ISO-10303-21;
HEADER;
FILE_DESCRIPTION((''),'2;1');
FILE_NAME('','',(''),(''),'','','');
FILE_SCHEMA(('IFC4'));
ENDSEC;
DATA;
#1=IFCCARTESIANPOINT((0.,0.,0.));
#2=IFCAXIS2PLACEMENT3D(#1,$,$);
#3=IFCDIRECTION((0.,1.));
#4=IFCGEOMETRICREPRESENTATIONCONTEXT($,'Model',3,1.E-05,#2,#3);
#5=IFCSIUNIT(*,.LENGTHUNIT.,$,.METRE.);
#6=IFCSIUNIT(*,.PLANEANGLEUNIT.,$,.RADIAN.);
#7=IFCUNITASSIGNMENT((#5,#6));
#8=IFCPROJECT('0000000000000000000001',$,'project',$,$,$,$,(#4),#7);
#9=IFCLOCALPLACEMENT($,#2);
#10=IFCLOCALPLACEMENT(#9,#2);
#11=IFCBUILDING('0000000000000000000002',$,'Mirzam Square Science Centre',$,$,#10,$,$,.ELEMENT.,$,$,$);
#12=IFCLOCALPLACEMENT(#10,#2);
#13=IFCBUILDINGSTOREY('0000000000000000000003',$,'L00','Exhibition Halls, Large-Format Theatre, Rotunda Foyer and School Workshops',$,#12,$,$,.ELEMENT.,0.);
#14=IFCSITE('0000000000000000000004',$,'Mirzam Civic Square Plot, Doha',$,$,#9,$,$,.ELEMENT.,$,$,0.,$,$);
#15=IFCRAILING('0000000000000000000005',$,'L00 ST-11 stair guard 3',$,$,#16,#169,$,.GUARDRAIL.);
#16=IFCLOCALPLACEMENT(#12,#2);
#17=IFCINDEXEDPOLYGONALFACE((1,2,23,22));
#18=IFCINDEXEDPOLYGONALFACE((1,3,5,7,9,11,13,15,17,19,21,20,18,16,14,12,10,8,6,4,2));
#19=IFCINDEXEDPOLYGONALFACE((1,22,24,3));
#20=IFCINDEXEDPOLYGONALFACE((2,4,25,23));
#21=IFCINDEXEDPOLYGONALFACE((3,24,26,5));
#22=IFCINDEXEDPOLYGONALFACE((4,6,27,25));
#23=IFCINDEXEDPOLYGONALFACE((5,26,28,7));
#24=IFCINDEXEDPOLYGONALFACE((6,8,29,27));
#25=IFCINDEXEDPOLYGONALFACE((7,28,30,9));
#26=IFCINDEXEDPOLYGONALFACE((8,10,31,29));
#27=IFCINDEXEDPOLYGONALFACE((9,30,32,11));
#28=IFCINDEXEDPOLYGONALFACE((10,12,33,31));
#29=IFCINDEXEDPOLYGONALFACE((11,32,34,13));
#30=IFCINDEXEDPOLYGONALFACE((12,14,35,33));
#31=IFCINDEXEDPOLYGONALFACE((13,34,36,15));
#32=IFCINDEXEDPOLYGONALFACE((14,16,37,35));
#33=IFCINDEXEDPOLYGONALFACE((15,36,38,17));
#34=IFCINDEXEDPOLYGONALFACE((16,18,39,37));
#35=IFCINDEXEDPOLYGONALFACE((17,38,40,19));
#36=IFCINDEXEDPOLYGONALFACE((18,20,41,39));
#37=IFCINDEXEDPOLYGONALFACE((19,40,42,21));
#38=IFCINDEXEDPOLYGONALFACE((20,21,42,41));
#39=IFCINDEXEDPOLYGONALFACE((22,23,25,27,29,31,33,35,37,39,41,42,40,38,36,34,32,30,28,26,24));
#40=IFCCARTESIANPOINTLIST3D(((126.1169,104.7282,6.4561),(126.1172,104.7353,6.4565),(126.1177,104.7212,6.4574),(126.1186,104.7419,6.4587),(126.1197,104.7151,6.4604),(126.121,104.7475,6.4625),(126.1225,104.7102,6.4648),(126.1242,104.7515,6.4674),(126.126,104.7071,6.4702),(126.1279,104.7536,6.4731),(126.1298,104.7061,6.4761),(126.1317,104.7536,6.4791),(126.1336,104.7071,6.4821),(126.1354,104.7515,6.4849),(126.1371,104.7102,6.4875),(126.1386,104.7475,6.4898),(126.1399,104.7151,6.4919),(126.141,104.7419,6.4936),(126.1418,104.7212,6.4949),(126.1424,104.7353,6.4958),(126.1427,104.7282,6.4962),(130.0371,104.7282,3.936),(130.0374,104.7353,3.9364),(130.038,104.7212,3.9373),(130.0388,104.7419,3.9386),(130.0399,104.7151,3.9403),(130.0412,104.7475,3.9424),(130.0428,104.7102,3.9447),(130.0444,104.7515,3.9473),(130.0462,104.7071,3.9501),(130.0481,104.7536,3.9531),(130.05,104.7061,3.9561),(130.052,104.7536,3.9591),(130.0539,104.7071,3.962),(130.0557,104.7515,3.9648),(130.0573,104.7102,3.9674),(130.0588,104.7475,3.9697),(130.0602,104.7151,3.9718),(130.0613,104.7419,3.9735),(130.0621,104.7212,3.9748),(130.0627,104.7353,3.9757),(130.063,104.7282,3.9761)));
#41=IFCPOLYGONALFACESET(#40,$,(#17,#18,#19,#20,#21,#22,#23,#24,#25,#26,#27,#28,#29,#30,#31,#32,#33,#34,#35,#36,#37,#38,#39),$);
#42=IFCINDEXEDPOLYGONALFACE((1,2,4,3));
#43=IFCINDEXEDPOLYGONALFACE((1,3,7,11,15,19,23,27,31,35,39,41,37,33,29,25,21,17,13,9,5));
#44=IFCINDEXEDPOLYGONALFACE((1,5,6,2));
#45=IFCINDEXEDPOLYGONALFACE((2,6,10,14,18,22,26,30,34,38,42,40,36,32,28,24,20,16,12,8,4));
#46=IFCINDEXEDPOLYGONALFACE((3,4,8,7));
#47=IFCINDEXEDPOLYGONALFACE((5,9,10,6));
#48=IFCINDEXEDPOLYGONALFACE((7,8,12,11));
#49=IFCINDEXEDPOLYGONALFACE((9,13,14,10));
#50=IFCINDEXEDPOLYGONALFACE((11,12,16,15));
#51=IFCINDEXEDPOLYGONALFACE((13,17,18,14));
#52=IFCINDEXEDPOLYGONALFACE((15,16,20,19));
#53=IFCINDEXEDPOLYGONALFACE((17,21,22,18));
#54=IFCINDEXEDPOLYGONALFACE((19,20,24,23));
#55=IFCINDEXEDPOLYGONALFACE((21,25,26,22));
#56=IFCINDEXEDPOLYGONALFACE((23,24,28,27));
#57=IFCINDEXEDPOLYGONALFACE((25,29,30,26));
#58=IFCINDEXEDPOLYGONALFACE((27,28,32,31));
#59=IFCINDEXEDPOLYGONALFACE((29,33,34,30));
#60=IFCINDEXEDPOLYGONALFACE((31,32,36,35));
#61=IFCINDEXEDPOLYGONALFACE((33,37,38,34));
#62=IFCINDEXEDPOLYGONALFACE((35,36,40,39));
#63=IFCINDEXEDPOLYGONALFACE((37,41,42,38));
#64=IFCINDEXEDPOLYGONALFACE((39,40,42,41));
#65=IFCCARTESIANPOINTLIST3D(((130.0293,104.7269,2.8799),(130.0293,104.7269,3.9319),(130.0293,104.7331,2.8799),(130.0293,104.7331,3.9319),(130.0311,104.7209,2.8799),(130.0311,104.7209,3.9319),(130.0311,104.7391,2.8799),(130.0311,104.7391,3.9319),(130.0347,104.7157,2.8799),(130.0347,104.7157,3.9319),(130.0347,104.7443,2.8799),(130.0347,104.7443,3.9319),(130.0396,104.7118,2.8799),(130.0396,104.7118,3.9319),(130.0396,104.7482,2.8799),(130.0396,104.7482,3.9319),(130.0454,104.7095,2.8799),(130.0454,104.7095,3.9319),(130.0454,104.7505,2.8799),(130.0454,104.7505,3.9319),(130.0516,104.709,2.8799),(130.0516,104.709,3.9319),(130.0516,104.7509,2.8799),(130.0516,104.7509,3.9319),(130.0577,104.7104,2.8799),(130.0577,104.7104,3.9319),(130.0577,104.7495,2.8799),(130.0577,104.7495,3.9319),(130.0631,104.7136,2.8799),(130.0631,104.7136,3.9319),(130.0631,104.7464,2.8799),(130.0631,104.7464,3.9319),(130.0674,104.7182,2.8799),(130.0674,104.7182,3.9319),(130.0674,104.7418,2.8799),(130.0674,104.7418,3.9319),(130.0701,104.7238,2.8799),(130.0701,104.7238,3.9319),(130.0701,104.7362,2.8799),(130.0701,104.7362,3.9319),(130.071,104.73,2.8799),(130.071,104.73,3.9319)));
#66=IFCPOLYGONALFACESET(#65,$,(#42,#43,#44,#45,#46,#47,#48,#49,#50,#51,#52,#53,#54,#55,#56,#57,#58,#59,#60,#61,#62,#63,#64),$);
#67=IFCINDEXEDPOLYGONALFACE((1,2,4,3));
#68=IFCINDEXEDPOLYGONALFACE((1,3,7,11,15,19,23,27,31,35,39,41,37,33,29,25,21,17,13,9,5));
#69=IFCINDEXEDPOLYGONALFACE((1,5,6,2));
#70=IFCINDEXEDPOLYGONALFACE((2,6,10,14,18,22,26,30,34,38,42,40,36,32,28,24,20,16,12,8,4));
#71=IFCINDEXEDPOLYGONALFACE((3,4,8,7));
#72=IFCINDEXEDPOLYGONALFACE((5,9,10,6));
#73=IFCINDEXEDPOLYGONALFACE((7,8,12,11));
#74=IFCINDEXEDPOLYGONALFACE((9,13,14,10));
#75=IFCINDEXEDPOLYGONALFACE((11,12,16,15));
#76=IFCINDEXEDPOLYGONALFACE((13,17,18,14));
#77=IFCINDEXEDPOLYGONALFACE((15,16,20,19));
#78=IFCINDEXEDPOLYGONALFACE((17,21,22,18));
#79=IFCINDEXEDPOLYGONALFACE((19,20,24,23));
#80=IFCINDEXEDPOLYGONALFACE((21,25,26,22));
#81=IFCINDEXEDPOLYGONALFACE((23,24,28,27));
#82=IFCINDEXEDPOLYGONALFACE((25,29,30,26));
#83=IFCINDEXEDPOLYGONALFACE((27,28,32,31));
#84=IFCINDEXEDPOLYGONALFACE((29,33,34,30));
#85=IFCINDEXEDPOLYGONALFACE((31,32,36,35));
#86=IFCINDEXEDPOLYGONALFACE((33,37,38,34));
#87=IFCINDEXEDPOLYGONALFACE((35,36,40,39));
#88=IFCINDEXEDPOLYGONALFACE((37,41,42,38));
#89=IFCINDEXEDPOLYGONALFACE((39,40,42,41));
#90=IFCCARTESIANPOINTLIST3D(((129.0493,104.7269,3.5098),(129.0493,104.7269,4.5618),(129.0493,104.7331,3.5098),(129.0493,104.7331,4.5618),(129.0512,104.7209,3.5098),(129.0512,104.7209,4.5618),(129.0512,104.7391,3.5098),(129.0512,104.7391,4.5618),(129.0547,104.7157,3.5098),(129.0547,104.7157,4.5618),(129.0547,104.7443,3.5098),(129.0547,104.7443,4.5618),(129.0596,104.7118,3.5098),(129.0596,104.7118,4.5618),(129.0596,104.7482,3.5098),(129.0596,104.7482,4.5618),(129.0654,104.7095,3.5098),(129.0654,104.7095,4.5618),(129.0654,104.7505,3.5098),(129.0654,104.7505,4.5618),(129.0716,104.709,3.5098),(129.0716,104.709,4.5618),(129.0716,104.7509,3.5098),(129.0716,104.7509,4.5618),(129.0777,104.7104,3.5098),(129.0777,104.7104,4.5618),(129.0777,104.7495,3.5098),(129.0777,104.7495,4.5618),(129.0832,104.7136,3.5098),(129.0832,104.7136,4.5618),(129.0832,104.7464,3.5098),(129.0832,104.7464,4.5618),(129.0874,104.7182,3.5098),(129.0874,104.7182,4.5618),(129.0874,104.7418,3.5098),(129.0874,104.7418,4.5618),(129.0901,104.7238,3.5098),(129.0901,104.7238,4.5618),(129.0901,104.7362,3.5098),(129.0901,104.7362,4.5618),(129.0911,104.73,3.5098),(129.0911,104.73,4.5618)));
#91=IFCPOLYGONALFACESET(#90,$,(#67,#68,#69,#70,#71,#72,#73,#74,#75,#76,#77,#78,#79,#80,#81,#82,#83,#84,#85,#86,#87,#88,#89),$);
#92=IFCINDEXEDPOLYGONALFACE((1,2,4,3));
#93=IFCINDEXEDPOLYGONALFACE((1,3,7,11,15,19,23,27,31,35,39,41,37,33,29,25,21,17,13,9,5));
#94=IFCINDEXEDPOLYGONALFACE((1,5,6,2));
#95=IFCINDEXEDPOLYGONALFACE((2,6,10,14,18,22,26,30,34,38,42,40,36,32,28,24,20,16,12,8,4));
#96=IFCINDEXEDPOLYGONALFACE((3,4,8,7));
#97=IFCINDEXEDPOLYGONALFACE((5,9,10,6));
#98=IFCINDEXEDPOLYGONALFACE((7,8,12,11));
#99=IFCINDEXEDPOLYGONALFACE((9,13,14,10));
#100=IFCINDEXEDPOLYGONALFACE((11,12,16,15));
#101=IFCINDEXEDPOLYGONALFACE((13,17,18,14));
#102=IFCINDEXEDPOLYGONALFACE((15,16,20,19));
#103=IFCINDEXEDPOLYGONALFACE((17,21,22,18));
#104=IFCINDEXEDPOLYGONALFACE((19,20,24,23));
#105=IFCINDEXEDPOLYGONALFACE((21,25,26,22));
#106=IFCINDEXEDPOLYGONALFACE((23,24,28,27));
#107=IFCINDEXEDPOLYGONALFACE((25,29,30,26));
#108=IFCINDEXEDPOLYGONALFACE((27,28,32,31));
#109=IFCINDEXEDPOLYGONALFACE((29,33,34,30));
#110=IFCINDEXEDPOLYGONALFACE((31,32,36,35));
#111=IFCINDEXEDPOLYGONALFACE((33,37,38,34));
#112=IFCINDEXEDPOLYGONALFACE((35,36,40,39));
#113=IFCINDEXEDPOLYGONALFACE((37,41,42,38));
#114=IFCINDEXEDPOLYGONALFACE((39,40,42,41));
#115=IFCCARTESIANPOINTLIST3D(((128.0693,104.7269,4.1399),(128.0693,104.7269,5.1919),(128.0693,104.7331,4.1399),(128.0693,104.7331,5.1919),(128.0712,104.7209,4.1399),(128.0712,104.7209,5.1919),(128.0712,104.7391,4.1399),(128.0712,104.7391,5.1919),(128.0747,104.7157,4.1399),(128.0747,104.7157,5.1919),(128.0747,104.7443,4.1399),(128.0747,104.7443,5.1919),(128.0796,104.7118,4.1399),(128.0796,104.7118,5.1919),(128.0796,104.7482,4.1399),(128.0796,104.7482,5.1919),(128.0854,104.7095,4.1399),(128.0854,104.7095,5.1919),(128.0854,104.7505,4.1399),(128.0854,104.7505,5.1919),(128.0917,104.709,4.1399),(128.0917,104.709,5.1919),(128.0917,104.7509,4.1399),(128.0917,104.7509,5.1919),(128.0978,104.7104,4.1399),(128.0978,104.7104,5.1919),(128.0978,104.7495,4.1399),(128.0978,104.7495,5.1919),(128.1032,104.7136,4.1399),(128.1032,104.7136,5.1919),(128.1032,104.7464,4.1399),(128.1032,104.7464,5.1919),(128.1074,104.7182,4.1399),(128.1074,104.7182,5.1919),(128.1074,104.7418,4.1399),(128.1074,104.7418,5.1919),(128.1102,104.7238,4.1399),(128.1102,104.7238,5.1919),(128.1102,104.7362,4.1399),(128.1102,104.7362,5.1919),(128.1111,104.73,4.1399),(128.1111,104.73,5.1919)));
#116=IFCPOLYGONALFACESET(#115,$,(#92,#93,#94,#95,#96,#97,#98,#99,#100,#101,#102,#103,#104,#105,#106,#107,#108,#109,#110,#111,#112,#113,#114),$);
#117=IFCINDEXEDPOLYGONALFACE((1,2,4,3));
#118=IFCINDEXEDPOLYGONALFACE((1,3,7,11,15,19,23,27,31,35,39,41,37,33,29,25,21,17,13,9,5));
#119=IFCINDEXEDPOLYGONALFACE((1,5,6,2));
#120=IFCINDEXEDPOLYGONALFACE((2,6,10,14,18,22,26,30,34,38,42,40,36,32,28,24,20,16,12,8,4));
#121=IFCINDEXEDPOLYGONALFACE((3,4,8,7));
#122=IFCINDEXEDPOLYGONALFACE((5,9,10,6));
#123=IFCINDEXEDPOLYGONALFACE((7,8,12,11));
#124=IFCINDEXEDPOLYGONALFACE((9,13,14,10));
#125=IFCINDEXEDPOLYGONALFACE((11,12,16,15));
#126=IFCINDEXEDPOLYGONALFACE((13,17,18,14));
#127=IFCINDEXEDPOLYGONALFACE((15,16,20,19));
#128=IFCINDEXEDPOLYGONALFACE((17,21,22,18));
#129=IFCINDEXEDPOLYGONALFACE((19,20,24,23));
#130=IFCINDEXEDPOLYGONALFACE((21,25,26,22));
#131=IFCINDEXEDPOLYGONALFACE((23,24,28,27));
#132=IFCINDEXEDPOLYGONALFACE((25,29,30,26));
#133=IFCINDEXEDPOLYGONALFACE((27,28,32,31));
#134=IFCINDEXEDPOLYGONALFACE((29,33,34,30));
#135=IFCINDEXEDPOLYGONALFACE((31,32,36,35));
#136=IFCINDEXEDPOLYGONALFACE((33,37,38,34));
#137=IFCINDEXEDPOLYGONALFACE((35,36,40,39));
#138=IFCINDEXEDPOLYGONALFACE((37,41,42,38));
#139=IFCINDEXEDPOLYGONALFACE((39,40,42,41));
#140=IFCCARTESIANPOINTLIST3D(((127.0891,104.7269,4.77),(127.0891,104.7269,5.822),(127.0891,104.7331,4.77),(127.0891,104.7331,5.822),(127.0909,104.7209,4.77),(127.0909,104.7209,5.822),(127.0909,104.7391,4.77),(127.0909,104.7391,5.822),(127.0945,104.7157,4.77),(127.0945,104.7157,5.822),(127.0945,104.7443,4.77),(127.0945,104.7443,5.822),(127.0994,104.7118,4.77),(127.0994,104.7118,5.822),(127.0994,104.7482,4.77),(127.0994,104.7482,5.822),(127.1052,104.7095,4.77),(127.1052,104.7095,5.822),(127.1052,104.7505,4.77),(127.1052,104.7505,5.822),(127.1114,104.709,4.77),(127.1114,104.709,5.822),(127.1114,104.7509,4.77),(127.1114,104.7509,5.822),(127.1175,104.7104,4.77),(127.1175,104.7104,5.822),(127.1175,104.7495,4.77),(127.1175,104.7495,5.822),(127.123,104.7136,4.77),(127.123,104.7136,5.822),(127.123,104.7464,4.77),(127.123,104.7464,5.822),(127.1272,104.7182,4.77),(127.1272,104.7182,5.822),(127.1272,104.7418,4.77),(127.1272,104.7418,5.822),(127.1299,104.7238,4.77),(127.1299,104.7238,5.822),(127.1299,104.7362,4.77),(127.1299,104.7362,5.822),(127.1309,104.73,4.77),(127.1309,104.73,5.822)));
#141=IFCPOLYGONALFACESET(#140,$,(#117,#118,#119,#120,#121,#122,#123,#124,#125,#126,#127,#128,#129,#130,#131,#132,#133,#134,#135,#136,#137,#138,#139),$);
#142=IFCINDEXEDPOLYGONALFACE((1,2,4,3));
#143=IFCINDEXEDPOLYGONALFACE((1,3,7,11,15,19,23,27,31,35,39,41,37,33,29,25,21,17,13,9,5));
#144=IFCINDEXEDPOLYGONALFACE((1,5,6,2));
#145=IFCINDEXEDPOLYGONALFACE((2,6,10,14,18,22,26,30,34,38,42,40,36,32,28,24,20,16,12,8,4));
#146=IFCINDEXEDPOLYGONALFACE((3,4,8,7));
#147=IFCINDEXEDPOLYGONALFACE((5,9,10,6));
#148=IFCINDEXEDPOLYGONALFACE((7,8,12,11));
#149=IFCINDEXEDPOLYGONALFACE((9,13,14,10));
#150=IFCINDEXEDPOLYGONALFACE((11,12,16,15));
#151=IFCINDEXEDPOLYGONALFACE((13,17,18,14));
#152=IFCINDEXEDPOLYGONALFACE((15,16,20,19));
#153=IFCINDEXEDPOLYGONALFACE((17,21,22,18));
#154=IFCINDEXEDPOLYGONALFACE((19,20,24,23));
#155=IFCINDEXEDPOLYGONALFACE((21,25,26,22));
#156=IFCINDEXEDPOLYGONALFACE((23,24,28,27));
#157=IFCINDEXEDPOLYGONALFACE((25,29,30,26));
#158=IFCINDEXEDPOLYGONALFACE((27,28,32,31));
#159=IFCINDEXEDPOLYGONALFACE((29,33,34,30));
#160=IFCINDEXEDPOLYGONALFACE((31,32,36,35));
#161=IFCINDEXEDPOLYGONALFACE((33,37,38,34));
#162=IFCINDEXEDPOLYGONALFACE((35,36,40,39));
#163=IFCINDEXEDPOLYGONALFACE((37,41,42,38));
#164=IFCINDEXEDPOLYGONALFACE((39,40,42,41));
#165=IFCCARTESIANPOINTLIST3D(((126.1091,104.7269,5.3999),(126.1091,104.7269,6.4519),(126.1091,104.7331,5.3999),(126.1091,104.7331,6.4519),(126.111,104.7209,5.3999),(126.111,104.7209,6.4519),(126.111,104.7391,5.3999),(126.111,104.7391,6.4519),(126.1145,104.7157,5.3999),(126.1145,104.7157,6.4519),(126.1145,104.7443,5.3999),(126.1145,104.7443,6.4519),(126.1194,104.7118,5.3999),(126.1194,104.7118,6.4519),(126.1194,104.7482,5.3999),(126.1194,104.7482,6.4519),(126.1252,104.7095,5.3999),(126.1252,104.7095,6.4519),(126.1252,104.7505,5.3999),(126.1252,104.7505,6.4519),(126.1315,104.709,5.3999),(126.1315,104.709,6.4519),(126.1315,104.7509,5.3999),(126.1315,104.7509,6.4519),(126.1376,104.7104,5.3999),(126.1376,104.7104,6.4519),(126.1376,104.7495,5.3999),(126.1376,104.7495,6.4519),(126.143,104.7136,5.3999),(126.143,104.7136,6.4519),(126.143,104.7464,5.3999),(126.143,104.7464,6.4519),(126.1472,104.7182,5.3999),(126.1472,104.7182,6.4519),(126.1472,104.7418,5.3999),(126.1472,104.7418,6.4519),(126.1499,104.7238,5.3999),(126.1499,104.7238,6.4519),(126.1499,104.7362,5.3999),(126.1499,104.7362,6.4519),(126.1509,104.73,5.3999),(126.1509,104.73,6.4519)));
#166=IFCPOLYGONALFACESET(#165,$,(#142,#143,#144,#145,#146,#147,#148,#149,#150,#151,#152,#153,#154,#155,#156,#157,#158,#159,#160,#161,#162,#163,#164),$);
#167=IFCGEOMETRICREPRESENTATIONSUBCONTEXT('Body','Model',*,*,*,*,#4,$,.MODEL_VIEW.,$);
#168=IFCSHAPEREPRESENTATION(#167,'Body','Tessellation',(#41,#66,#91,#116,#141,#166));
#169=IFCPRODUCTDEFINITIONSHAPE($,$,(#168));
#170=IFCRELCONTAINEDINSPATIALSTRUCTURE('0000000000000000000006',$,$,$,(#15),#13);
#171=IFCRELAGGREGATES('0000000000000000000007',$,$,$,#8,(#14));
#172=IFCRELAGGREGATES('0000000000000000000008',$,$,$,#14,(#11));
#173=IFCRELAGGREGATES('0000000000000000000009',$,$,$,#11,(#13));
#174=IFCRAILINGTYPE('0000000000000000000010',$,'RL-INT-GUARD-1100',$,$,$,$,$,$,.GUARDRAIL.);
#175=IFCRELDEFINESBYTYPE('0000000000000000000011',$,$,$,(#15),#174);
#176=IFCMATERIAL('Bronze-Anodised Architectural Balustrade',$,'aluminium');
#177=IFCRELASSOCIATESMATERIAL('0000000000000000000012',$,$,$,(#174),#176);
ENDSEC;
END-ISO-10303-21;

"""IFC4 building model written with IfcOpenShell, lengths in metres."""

from ifc_helpers import new_model, si_unit, direction, frame, origin, origin_2d, place, context, subcontext, project, spatial, circle, extrude, material, type_object, element, save


model = new_model("IFC4")

# Units and contexts
model_context = context("Model", 3, precision=1e-05, world=origin(), true_north=direction((0.0, 1.0)))
body_context = subcontext(model_context, "Body", "Model", "MODEL_VIEW")
ifc_project = project(units=[si_unit("LENGTHUNIT", "METRE"), si_unit("PLANEANGLEUNIT", "RADIAN")], contexts=[model_context])

# Site, building, storey
site_placement = place(None, origin())
site = spatial("IfcSite", under=ifc_project, at=site_placement, Name="Mirzam Civic Square Plot, Doha", CompositionType="ELEMENT", RefElevation=0.0)
building_placement = place(site_placement, origin())
building = spatial("IfcBuilding", under=site, at=building_placement, Name="Mirzam Square Science Centre", CompositionType="ELEMENT")
storey_placement = place(building_placement, origin())
storey = spatial("IfcBuildingStorey", under=building, at=storey_placement, Name="L00", Description="Exhibition Halls, Large-Format Theatre, Rotunda Foyer and School Workshops", CompositionType="ELEMENT", Elevation=0.0)

# Railing
ifc_material_1 = material(Name="Bronze-Anodised Architectural Balustrade", Category="aluminium")
railing_type_1 = type_object("IfcRailingType", Name="RL-INT-GUARD-1100", PredefinedType="GUARDRAIL", material=ifc_material_1)
railing_1_placement = place(storey_placement, frame((130.05, 104.73, 2.8799)))
element("IfcRailing", 1, at=railing_1_placement, inside=storey, type_object=railing_type_1, Name="L00 ST-11 stair guard 3", PredefinedType="GUARDRAIL", context=body_context, shape_type="SweptSolid", body=[
    extrude(circle(Radius=0.0239, at=origin_2d()), frame((0.0, 0.0, 1.0762), z_axis=(-0.841187, 0.0, 0.540744), x_axis=(0.0, -1.0, 0.0)), (0.0, 0.0, 1.0), 4.6604),
    extrude(circle(Radius=0.021, at=origin_2d()), origin(), (0.0, 0.0, 1.0), 1.052),
    extrude(circle(Radius=0.021, at=origin_2d()), frame((-0.98, 0.0, 0.6299)), (0.0, 0.0, 1.0), 1.052),
    extrude(circle(Radius=0.021, at=origin_2d()), frame((-1.96, 0.0, 1.26)), (0.0, 0.0, 1.0), 1.052),
    extrude(circle(Radius=0.021, at=origin_2d()), frame((-2.9402, 0.0, 1.8901)), (0.0, 0.0, 1.0), 1.052),
    extrude(circle(Radius=0.021, at=origin_2d()), frame((-3.9202, 0.0, 2.52)), (0.0, 0.0, 1.0), 1.052),
])

save(model, "model.ifc")
